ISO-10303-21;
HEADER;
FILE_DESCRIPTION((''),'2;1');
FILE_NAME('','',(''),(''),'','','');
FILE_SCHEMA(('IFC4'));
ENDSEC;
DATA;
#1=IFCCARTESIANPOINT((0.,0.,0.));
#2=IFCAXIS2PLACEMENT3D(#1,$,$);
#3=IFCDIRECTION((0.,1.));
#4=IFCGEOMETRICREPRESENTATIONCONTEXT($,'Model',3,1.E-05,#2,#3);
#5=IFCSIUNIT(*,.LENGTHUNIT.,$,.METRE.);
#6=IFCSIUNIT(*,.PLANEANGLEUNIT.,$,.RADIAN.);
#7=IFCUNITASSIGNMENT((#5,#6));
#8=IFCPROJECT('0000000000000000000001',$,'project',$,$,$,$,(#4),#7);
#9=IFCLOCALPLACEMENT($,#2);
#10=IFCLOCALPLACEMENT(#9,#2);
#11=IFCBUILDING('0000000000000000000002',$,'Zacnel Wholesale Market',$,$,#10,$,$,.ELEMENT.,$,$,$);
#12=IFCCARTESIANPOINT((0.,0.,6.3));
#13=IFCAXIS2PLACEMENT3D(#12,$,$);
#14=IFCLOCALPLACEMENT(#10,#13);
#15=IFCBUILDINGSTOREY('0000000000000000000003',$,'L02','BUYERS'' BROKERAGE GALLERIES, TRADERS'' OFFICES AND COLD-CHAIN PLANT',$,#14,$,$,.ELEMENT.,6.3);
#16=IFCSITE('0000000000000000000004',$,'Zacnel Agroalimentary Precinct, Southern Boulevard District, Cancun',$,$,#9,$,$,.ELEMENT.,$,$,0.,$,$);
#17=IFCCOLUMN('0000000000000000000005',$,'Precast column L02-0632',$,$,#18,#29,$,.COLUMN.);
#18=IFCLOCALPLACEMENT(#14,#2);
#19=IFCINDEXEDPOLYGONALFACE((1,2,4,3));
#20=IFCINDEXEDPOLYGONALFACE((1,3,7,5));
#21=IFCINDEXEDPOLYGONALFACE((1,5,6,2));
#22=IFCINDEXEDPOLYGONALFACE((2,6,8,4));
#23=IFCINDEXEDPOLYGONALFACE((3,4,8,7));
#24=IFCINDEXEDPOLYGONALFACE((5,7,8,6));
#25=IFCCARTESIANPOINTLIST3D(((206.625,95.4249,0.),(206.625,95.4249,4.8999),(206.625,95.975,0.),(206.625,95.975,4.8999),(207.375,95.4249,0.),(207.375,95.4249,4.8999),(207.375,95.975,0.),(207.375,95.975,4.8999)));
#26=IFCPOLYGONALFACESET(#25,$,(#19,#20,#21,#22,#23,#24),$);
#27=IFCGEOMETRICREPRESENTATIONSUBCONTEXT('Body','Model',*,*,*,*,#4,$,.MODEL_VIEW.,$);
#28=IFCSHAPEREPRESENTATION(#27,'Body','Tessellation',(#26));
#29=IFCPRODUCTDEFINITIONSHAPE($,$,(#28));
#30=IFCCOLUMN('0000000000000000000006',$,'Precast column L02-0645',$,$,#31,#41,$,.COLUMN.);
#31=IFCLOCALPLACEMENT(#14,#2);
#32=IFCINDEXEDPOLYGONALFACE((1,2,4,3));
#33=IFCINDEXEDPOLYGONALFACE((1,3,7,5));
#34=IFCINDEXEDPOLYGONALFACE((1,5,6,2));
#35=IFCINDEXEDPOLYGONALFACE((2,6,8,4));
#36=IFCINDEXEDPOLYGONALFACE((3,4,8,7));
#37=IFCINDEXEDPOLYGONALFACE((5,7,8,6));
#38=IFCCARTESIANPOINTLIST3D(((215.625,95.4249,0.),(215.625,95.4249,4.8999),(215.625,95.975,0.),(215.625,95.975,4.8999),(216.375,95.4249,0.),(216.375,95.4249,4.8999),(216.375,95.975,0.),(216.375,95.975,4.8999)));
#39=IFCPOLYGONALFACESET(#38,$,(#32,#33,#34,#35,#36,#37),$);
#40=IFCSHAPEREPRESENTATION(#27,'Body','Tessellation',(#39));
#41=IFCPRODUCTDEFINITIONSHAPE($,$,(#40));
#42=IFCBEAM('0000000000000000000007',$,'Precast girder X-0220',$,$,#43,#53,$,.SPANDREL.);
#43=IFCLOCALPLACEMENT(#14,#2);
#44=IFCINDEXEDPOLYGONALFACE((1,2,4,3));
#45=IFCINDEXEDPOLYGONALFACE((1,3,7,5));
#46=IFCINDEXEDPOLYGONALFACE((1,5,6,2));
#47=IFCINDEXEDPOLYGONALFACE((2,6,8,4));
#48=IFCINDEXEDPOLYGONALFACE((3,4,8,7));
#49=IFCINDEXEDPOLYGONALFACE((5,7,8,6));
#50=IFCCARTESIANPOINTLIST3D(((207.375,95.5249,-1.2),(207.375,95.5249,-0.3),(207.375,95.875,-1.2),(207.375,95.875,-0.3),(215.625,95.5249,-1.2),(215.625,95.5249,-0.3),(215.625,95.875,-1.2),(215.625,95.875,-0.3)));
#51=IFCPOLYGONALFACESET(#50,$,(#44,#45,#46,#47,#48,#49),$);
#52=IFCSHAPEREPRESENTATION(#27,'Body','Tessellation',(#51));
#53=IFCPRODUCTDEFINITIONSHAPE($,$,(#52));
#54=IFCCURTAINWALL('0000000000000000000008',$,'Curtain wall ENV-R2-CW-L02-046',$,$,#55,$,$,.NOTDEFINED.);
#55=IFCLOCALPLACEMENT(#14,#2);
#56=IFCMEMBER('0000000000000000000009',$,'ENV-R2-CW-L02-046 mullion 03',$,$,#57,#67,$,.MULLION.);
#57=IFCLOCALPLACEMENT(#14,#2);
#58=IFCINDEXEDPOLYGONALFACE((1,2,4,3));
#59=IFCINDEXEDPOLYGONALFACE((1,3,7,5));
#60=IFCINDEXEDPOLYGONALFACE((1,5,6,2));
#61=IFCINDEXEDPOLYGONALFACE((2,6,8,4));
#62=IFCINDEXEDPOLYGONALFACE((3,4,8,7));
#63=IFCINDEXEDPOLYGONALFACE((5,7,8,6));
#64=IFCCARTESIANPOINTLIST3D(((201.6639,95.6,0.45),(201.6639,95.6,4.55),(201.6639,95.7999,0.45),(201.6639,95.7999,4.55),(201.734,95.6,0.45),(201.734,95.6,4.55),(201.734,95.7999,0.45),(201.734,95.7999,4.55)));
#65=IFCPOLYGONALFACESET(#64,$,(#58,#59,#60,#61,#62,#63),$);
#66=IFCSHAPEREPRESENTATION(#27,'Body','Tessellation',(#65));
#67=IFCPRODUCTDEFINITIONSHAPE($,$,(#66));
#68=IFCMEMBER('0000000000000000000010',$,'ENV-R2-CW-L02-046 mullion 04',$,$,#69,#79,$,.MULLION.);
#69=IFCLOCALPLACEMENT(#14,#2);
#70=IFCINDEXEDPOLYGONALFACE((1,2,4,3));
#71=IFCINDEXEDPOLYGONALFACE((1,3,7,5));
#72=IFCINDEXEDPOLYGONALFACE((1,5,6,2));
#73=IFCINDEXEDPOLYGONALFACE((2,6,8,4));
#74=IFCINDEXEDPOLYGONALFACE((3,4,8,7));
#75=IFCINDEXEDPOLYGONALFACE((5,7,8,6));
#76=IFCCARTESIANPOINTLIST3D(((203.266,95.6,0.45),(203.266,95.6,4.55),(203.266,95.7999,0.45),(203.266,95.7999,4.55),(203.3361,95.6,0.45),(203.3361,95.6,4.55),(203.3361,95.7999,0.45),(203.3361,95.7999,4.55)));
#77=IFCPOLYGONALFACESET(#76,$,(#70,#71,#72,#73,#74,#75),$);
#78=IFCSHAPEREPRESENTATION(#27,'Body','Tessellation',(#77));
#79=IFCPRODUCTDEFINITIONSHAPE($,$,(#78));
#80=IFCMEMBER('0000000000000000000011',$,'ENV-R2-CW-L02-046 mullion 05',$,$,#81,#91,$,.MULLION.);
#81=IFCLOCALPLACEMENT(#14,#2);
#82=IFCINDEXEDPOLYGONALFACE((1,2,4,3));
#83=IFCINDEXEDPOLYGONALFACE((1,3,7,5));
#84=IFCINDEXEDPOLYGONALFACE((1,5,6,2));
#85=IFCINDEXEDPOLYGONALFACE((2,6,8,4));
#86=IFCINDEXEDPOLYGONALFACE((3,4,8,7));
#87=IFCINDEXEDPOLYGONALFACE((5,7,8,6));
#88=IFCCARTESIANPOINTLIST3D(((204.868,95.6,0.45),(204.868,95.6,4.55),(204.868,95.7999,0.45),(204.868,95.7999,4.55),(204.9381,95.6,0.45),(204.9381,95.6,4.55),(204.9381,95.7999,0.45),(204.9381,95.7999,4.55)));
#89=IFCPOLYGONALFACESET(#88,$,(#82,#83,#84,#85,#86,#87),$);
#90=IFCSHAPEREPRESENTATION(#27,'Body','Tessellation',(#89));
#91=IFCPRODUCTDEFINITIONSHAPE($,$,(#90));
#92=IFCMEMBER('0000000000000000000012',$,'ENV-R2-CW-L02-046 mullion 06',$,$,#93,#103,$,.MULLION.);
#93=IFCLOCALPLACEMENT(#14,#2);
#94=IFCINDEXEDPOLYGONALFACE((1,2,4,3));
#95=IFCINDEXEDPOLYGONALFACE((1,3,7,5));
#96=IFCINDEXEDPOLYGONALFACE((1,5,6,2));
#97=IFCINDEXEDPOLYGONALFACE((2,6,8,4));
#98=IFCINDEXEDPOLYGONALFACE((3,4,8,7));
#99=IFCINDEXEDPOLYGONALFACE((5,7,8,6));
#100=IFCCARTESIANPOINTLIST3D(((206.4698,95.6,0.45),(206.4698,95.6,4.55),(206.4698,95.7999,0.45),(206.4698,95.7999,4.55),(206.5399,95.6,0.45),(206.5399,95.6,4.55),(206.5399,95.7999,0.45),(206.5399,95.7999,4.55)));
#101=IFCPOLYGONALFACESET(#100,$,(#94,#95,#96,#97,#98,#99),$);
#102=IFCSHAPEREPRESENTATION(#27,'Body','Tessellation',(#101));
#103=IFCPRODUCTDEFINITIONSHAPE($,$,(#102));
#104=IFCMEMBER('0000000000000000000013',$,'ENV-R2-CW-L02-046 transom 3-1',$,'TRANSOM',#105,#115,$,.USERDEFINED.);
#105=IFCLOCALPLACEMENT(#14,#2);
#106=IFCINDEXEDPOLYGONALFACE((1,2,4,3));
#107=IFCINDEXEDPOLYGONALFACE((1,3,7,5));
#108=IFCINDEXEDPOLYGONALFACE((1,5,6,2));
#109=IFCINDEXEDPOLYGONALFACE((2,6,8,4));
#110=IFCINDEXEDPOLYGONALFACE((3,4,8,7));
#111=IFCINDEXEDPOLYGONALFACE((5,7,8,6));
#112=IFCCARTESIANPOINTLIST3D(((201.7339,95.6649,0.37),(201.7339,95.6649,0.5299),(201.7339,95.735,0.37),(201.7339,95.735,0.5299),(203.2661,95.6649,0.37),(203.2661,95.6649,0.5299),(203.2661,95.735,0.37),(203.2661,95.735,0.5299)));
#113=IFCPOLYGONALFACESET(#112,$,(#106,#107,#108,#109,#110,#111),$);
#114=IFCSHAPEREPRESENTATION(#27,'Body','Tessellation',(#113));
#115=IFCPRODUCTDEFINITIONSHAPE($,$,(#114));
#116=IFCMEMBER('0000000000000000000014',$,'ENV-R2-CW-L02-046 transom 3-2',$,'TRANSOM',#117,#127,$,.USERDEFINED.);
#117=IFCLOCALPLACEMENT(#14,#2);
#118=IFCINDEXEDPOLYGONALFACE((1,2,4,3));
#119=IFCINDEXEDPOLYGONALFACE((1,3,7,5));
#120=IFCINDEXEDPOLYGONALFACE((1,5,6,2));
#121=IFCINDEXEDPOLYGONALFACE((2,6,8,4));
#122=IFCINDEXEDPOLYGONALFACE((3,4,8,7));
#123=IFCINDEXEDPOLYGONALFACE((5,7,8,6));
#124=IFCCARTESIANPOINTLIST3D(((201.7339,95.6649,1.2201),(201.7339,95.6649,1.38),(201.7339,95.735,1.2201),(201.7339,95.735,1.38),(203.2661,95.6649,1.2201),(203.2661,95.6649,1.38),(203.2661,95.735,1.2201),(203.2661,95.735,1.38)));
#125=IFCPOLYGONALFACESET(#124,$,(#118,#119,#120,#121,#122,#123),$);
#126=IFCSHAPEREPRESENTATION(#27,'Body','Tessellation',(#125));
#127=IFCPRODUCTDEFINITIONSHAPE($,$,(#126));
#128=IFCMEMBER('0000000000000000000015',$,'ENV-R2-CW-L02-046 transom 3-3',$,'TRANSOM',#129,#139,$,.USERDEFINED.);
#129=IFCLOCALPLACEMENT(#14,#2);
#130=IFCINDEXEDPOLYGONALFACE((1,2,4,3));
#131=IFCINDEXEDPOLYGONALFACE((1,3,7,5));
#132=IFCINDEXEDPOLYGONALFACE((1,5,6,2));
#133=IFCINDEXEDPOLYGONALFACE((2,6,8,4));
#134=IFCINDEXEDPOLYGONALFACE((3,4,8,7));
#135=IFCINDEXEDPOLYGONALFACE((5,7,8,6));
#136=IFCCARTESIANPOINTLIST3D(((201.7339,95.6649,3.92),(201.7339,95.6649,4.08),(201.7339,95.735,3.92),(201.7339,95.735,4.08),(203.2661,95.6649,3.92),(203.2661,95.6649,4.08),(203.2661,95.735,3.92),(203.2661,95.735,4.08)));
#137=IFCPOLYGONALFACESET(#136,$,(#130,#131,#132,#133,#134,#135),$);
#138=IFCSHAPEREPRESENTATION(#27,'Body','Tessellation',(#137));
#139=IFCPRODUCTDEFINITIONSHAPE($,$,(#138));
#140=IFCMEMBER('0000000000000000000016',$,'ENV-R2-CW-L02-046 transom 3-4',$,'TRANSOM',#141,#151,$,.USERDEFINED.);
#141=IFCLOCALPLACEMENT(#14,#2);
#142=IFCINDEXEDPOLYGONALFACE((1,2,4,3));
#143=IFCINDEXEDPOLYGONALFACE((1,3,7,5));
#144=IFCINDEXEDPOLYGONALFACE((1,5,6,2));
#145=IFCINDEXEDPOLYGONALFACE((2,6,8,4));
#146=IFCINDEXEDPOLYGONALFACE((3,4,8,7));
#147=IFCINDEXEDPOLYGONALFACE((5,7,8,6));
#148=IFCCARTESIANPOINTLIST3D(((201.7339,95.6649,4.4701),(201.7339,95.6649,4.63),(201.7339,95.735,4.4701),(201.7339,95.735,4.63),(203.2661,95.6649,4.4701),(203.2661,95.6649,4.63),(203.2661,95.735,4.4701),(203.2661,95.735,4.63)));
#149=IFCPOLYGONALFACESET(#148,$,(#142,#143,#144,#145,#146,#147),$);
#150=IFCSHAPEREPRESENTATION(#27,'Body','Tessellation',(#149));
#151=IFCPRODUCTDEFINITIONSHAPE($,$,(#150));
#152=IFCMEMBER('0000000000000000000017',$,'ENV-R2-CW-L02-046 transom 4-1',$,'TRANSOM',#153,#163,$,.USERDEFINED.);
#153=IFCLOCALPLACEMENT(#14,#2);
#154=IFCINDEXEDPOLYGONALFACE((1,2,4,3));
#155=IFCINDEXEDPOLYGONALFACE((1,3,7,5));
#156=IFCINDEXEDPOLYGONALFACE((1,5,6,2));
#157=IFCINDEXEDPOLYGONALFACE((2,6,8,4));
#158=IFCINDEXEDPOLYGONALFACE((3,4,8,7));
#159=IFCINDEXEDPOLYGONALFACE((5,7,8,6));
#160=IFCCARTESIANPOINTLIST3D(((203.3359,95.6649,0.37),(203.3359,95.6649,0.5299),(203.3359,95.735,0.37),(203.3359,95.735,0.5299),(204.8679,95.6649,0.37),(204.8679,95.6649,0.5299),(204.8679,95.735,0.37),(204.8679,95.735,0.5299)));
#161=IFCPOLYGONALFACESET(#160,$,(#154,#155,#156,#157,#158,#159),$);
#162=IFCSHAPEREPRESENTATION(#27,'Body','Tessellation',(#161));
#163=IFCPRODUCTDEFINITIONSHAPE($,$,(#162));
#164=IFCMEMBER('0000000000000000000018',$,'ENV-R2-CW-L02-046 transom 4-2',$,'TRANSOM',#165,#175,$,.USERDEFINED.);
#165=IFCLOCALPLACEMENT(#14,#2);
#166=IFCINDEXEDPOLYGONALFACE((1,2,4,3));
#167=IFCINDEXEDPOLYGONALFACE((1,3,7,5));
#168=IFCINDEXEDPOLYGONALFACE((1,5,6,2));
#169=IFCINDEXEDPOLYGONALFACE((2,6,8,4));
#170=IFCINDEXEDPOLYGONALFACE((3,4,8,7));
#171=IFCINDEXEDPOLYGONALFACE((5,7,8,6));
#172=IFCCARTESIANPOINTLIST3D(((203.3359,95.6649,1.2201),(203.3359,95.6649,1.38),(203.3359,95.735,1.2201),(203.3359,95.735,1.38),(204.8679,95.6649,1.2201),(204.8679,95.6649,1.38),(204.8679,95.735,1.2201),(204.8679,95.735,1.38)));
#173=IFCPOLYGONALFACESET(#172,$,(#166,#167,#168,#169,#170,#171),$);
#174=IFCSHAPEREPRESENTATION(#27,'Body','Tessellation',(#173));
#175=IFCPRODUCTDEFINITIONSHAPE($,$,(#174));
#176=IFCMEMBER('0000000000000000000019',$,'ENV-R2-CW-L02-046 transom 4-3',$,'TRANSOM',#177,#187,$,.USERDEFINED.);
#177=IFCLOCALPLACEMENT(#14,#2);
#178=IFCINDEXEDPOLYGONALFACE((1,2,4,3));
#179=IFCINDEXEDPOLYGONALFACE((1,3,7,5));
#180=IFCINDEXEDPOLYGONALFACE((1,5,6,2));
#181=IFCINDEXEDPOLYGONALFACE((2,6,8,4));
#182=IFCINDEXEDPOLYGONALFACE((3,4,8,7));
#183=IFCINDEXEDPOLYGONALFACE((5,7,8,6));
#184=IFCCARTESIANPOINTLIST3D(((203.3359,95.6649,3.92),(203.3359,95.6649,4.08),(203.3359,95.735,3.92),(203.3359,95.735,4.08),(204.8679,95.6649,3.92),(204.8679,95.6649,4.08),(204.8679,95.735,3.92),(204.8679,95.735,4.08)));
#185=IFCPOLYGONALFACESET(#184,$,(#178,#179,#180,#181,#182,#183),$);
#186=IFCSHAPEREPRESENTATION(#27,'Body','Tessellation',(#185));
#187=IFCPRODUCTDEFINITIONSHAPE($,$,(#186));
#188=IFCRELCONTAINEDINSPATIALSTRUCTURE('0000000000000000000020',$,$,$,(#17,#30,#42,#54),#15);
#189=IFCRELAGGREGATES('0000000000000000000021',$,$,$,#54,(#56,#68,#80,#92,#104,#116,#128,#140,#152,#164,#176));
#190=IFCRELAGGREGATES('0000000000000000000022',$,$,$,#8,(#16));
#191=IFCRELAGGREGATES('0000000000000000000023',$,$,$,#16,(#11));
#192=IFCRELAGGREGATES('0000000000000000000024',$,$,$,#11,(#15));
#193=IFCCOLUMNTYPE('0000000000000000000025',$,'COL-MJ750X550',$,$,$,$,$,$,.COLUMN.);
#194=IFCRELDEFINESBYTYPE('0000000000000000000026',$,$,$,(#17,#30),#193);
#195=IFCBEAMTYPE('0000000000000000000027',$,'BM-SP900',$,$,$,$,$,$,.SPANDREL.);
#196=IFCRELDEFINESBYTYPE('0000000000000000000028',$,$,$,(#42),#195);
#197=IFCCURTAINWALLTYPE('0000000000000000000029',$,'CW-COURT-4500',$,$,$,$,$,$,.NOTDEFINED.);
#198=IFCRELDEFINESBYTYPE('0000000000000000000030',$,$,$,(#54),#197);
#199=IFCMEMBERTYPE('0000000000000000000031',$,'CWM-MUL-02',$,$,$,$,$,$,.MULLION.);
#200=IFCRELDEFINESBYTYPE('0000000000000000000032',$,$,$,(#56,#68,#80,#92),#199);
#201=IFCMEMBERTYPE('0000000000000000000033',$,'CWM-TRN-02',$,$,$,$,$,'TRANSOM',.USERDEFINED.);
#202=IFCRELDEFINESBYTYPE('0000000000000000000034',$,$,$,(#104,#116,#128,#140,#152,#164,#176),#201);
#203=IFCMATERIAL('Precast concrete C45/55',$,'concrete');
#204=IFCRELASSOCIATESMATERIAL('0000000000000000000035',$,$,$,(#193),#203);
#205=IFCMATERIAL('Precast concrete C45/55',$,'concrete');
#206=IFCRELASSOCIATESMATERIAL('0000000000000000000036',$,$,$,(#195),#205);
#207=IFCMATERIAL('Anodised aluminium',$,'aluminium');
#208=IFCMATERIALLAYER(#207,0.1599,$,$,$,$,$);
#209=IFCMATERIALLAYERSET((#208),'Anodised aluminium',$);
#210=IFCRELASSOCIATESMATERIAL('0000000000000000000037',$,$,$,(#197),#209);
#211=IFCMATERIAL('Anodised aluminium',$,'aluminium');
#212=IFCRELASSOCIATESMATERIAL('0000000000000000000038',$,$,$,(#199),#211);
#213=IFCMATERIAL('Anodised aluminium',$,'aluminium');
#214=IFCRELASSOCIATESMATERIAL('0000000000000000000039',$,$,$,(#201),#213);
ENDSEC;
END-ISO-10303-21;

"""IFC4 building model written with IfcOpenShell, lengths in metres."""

from ifc_helpers import new_model, si_unit, direction, frame, origin, origin_2d, place, context, subcontext, project, spatial, rectangle, extrude, material, layer, layer_set, material_profile, profile_set, type_object, element, aggregate, save


model = new_model("IFC4")

# Units and contexts
model_context = context("Model", 3, precision=1e-05, world=origin(), true_north=direction((0.0, 1.0)))
body_context = subcontext(model_context, "Body", "Model", "MODEL_VIEW")
ifc_project = project(units=[si_unit("LENGTHUNIT", "METRE"), si_unit("PLANEANGLEUNIT", "RADIAN")], contexts=[model_context])

# Site, building, storey
site_placement = place(None, origin())
site = spatial("IfcSite", under=ifc_project, at=site_placement, Name="Zacnel Agroalimentary Precinct, Southern Boulevard District, Cancun", CompositionType="ELEMENT", RefElevation=0.0)
building_placement = place(site_placement, origin())
building = spatial("IfcBuilding", under=site, at=building_placement, Name="Zacnel Wholesale Market", CompositionType="ELEMENT")
storey_placement = place(building_placement, frame((0.0, 0.0, 6.3)))
storey = spatial("IfcBuildingStorey", under=building, at=storey_placement, Name="L02", Description="BUYERS' BROKERAGE GALLERIES, TRADERS' OFFICES AND COLD-CHAIN PLANT", CompositionType="ELEMENT", Elevation=6.3)

# Columns
ifc_material_1 = material(Name="Precast concrete C45/55", Category="concrete")
ifc_material_profile_1 = material_profile(ifc_material_1, rectangle(XDim=0.75, YDim=0.55, at=origin_2d()), Name="PC 750x550")
ifc_profile_set_1 = profile_set([ifc_material_profile_1], Name="Precast concrete C45/55")
column_type = type_object("IfcColumnType", Name="COL-MJ750X550", PredefinedType="COLUMN", material=ifc_profile_set_1)
for number, where, z_axis, x_axis, name in (
    (1, (207.0, 95.7, 0.0), (0.0, 0.0, 1.0), (1.0, 0.0, 0.0), "Precast column L02-0632"),
    (2, (216.0, 95.7, 0.0), (0.0, 0.0, 1.0), (1.0, 0.0, 0.0), "Precast column L02-0645"),
):
    element("IfcColumn", number, at=place(storey_placement, frame(where, z_axis=z_axis, x_axis=x_axis)), inside=storey, type_object=column_type, Name=name, PredefinedType="COLUMN", context=body_context, shape_type="SweptSolid", body=[
        extrude(rectangle(XDim=0.75, YDim=0.55, at=origin_2d()), origin(), (0.0, 0.0, 1.0), 4.8999),
    ])

# Beam
ifc_material_2 = material(Name="Precast concrete C45/55", Category="concrete")
ifc_material_profile_2 = material_profile(ifc_material_2, rectangle(XDim=0.3501, YDim=0.8999, at=origin_2d()), Name="SP 350x900")
ifc_profile_set_2 = profile_set([ifc_material_profile_2], Name="Precast concrete C45/55")
beam_type = type_object("IfcBeamType", Name="BM-SP900", PredefinedType="SPANDREL", material=ifc_profile_set_2)
beam_placement = place(storey_placement, frame((207.375, 95.7, -0.75), z_axis=(1.0, 0.0, 0.0), x_axis=(0.0, 1.0, 0.0)))
element("IfcBeam", 3, at=beam_placement, inside=storey, type_object=beam_type, Name="Precast girder X-0220", PredefinedType="SPANDREL", context=body_context, shape_type="SweptSolid", body=[
    extrude(rectangle(XDim=0.3501, YDim=0.8999, at=origin_2d()), origin(), (0.0, 0.0, 1.0), 8.25),
])

# Curtain wall, members
ifc_material_3 = material(Name="Anodised aluminium", Category="aluminium")
ifc_layer_1 = layer(ifc_material_3, 0.1599)
ifc_layer_set_1 = layer_set([ifc_layer_1], Name="Anodised aluminium")
curtain_wall_type = type_object("IfcCurtainWallType", Name="CW-COURT-4500", PredefinedType="NOTDEFINED", material=ifc_layer_set_1)
curtain_wall_placement = place(storey_placement, origin())
curtain_wall = element("IfcCurtainWall", 4, at=curtain_wall_placement, inside=storey, type_object=curtain_wall_type, Name="Curtain wall ENV-R2-CW-L02-046", PredefinedType="NOTDEFINED")
ifc_material_4 = material(Name="Anodised aluminium", Category="aluminium")
ifc_material_profile_3 = material_profile(ifc_material_4, rectangle(XDim=0.0701, YDim=0.2, at=origin_2d()), Name="AW-MULLION 70x200")
ifc_profile_set_3 = profile_set([ifc_material_profile_3], Name="Anodised aluminium")
member_type_1 = type_object("IfcMemberType", Name="CWM-MUL-02", PredefinedType="MULLION", material=ifc_profile_set_3)
member_1_placement = place(storey_placement, frame((201.699, 95.7, 0.45), z_axis=(0.0, 0.0, 1.0), x_axis=(1.0, 0.0, 0.0)))
member_1 = element("IfcMember", 5, at=member_1_placement, type_object=member_type_1, Name="ENV-R2-CW-L02-046 mullion 03", PredefinedType="MULLION", context=body_context, shape_type="SweptSolid", body=[
    extrude(rectangle(XDim=0.0701, YDim=0.2, at=origin_2d()), origin(), (0.0, 0.0, 1.0), 4.1001),
])
member_2_placement = place(storey_placement, frame((203.301, 95.7, 0.45), z_axis=(0.0, 0.0, 1.0), x_axis=(1.0, 0.0, 0.0)))
member_2 = element("IfcMember", 6, at=member_2_placement, type_object=member_type_1, Name="ENV-R2-CW-L02-046 mullion 04", PredefinedType="MULLION", context=body_context, shape_type="SweptSolid", body=[
    extrude(rectangle(XDim=0.0701, YDim=0.2, at=origin_2d()), origin(), (0.0, 0.0, 1.0), 4.1001),
])
member_3_placement = place(storey_placement, frame((204.9031, 95.7, 0.45), z_axis=(0.0, 0.0, 1.0), x_axis=(1.0, 0.0, 0.0)))
member_3 = element("IfcMember", 7, at=member_3_placement, type_object=member_type_1, Name="ENV-R2-CW-L02-046 mullion 05", PredefinedType="MULLION", context=body_context, shape_type="SweptSolid", body=[
    extrude(rectangle(XDim=0.0701, YDim=0.2, at=origin_2d()), origin(), (0.0, 0.0, 1.0), 4.1001),
])
member_4_placement = place(storey_placement, frame((206.5049, 95.7, 0.45), z_axis=(0.0, 0.0, 1.0), x_axis=(1.0, 0.0, 0.0)))
member_4 = element("IfcMember", 8, at=member_4_placement, type_object=member_type_1, Name="ENV-R2-CW-L02-046 mullion 06", PredefinedType="MULLION", context=body_context, shape_type="SweptSolid", body=[
    extrude(rectangle(XDim=0.0701, YDim=0.2, at=origin_2d()), origin(), (0.0, 0.0, 1.0), 4.1001),
])
ifc_material_5 = material(Name="Anodised aluminium", Category="aluminium")
ifc_material_profile_4 = material_profile(ifc_material_5, rectangle(XDim=0.0701, YDim=0.1599, at=origin_2d()), Name="AW-TRANSOM 70x160")
ifc_profile_set_4 = profile_set([ifc_material_profile_4], Name="Anodised aluminium")
member_type_2 = type_object("IfcMemberType", Name="CWM-TRN-02", ElementType="TRANSOM", PredefinedType="USERDEFINED", material=ifc_profile_set_4)
member_5_placement = place(storey_placement, frame((201.7339, 95.7, 0.45), z_axis=(1.0, 0.0, 0.0), x_axis=(0.0, 1.0, 0.0)))
member_5 = element("IfcMember", 9, at=member_5_placement, type_object=member_type_2, Name="ENV-R2-CW-L02-046 transom 3-1", ObjectType="TRANSOM", PredefinedType="USERDEFINED", context=body_context, shape_type="SweptSolid", body=[
    extrude(rectangle(XDim=0.0701, YDim=0.1599, at=origin_2d()), origin(), (0.0, 0.0, 1.0), 1.5322),
])
member_6_placement = place(storey_placement, frame((201.7339, 95.7, 1.3), z_axis=(1.0, 0.0, 0.0), x_axis=(0.0, 1.0, 0.0)))
member_6 = element("IfcMember", 10, at=member_6_placement, type_object=member_type_2, Name="ENV-R2-CW-L02-046 transom 3-2", ObjectType="TRANSOM", PredefinedType="USERDEFINED", context=body_context, shape_type="SweptSolid", body=[
    extrude(rectangle(XDim=0.0701, YDim=0.1599, at=origin_2d()), origin(), (0.0, 0.0, 1.0), 1.5322),
])
member_7_placement = place(storey_placement, frame((201.7339, 95.7, 4.0), z_axis=(1.0, 0.0, 0.0), x_axis=(0.0, 1.0, 0.0)))
member_7 = element("IfcMember", 11, at=member_7_placement, type_object=member_type_2, Name="ENV-R2-CW-L02-046 transom 3-3", ObjectType="TRANSOM", PredefinedType="USERDEFINED", context=body_context, shape_type="SweptSolid", body=[
    extrude(rectangle(XDim=0.0701, YDim=0.1599, at=origin_2d()), origin(), (0.0, 0.0, 1.0), 1.5322),
])
member_8_placement = place(storey_placement, frame((201.7339, 95.7, 4.55), z_axis=(1.0, 0.0, 0.0), x_axis=(0.0, 1.0, 0.0)))
member_8 = element("IfcMember", 12, at=member_8_placement, type_object=member_type_2, Name="ENV-R2-CW-L02-046 transom 3-4", ObjectType="TRANSOM", PredefinedType="USERDEFINED", context=body_context, shape_type="SweptSolid", body=[
    extrude(rectangle(XDim=0.0701, YDim=0.1599, at=origin_2d()), origin(), (0.0, 0.0, 1.0), 1.5322),
])
member_9_placement = place(storey_placement, frame((203.3359, 95.7, 0.45), z_axis=(1.0, 0.0, 0.0), x_axis=(0.0, 1.0, 0.0)))
member_9 = element("IfcMember", 13, at=member_9_placement, type_object=member_type_2, Name="ENV-R2-CW-L02-046 transom 4-1", ObjectType="TRANSOM", PredefinedType="USERDEFINED", context=body_context, shape_type="SweptSolid", body=[
    extrude(rectangle(XDim=0.0701, YDim=0.1599, at=origin_2d()), origin(), (0.0, 0.0, 1.0), 1.532),
])
member_10_placement = place(storey_placement, frame((203.3359, 95.7, 1.3), z_axis=(1.0, 0.0, 0.0), x_axis=(0.0, 1.0, 0.0)))
member_10 = element("IfcMember", 14, at=member_10_placement, type_object=member_type_2, Name="ENV-R2-CW-L02-046 transom 4-2", ObjectType="TRANSOM", PredefinedType="USERDEFINED", context=body_context, shape_type="SweptSolid", body=[
    extrude(rectangle(XDim=0.0701, YDim=0.1599, at=origin_2d()), origin(), (0.0, 0.0, 1.0), 1.532),
])
member_11_placement = place(storey_placement, frame((203.3359, 95.7, 4.0), z_axis=(1.0, 0.0, 0.0), x_axis=(0.0, 1.0, 0.0)))
member_11 = element("IfcMember", 15, at=member_11_placement, type_object=member_type_2, Name="ENV-R2-CW-L02-046 transom 4-3", ObjectType="TRANSOM", PredefinedType="USERDEFINED", context=body_context, shape_type="SweptSolid", body=[
    extrude(rectangle(XDim=0.0701, YDim=0.1599, at=origin_2d()), origin(), (0.0, 0.0, 1.0), 1.532),
])
aggregate(curtain_wall, [member_1, member_2, member_3, member_4, member_5, member_6, member_7, member_8, member_9, member_10, member_11])

save(model, "model.ifc")
